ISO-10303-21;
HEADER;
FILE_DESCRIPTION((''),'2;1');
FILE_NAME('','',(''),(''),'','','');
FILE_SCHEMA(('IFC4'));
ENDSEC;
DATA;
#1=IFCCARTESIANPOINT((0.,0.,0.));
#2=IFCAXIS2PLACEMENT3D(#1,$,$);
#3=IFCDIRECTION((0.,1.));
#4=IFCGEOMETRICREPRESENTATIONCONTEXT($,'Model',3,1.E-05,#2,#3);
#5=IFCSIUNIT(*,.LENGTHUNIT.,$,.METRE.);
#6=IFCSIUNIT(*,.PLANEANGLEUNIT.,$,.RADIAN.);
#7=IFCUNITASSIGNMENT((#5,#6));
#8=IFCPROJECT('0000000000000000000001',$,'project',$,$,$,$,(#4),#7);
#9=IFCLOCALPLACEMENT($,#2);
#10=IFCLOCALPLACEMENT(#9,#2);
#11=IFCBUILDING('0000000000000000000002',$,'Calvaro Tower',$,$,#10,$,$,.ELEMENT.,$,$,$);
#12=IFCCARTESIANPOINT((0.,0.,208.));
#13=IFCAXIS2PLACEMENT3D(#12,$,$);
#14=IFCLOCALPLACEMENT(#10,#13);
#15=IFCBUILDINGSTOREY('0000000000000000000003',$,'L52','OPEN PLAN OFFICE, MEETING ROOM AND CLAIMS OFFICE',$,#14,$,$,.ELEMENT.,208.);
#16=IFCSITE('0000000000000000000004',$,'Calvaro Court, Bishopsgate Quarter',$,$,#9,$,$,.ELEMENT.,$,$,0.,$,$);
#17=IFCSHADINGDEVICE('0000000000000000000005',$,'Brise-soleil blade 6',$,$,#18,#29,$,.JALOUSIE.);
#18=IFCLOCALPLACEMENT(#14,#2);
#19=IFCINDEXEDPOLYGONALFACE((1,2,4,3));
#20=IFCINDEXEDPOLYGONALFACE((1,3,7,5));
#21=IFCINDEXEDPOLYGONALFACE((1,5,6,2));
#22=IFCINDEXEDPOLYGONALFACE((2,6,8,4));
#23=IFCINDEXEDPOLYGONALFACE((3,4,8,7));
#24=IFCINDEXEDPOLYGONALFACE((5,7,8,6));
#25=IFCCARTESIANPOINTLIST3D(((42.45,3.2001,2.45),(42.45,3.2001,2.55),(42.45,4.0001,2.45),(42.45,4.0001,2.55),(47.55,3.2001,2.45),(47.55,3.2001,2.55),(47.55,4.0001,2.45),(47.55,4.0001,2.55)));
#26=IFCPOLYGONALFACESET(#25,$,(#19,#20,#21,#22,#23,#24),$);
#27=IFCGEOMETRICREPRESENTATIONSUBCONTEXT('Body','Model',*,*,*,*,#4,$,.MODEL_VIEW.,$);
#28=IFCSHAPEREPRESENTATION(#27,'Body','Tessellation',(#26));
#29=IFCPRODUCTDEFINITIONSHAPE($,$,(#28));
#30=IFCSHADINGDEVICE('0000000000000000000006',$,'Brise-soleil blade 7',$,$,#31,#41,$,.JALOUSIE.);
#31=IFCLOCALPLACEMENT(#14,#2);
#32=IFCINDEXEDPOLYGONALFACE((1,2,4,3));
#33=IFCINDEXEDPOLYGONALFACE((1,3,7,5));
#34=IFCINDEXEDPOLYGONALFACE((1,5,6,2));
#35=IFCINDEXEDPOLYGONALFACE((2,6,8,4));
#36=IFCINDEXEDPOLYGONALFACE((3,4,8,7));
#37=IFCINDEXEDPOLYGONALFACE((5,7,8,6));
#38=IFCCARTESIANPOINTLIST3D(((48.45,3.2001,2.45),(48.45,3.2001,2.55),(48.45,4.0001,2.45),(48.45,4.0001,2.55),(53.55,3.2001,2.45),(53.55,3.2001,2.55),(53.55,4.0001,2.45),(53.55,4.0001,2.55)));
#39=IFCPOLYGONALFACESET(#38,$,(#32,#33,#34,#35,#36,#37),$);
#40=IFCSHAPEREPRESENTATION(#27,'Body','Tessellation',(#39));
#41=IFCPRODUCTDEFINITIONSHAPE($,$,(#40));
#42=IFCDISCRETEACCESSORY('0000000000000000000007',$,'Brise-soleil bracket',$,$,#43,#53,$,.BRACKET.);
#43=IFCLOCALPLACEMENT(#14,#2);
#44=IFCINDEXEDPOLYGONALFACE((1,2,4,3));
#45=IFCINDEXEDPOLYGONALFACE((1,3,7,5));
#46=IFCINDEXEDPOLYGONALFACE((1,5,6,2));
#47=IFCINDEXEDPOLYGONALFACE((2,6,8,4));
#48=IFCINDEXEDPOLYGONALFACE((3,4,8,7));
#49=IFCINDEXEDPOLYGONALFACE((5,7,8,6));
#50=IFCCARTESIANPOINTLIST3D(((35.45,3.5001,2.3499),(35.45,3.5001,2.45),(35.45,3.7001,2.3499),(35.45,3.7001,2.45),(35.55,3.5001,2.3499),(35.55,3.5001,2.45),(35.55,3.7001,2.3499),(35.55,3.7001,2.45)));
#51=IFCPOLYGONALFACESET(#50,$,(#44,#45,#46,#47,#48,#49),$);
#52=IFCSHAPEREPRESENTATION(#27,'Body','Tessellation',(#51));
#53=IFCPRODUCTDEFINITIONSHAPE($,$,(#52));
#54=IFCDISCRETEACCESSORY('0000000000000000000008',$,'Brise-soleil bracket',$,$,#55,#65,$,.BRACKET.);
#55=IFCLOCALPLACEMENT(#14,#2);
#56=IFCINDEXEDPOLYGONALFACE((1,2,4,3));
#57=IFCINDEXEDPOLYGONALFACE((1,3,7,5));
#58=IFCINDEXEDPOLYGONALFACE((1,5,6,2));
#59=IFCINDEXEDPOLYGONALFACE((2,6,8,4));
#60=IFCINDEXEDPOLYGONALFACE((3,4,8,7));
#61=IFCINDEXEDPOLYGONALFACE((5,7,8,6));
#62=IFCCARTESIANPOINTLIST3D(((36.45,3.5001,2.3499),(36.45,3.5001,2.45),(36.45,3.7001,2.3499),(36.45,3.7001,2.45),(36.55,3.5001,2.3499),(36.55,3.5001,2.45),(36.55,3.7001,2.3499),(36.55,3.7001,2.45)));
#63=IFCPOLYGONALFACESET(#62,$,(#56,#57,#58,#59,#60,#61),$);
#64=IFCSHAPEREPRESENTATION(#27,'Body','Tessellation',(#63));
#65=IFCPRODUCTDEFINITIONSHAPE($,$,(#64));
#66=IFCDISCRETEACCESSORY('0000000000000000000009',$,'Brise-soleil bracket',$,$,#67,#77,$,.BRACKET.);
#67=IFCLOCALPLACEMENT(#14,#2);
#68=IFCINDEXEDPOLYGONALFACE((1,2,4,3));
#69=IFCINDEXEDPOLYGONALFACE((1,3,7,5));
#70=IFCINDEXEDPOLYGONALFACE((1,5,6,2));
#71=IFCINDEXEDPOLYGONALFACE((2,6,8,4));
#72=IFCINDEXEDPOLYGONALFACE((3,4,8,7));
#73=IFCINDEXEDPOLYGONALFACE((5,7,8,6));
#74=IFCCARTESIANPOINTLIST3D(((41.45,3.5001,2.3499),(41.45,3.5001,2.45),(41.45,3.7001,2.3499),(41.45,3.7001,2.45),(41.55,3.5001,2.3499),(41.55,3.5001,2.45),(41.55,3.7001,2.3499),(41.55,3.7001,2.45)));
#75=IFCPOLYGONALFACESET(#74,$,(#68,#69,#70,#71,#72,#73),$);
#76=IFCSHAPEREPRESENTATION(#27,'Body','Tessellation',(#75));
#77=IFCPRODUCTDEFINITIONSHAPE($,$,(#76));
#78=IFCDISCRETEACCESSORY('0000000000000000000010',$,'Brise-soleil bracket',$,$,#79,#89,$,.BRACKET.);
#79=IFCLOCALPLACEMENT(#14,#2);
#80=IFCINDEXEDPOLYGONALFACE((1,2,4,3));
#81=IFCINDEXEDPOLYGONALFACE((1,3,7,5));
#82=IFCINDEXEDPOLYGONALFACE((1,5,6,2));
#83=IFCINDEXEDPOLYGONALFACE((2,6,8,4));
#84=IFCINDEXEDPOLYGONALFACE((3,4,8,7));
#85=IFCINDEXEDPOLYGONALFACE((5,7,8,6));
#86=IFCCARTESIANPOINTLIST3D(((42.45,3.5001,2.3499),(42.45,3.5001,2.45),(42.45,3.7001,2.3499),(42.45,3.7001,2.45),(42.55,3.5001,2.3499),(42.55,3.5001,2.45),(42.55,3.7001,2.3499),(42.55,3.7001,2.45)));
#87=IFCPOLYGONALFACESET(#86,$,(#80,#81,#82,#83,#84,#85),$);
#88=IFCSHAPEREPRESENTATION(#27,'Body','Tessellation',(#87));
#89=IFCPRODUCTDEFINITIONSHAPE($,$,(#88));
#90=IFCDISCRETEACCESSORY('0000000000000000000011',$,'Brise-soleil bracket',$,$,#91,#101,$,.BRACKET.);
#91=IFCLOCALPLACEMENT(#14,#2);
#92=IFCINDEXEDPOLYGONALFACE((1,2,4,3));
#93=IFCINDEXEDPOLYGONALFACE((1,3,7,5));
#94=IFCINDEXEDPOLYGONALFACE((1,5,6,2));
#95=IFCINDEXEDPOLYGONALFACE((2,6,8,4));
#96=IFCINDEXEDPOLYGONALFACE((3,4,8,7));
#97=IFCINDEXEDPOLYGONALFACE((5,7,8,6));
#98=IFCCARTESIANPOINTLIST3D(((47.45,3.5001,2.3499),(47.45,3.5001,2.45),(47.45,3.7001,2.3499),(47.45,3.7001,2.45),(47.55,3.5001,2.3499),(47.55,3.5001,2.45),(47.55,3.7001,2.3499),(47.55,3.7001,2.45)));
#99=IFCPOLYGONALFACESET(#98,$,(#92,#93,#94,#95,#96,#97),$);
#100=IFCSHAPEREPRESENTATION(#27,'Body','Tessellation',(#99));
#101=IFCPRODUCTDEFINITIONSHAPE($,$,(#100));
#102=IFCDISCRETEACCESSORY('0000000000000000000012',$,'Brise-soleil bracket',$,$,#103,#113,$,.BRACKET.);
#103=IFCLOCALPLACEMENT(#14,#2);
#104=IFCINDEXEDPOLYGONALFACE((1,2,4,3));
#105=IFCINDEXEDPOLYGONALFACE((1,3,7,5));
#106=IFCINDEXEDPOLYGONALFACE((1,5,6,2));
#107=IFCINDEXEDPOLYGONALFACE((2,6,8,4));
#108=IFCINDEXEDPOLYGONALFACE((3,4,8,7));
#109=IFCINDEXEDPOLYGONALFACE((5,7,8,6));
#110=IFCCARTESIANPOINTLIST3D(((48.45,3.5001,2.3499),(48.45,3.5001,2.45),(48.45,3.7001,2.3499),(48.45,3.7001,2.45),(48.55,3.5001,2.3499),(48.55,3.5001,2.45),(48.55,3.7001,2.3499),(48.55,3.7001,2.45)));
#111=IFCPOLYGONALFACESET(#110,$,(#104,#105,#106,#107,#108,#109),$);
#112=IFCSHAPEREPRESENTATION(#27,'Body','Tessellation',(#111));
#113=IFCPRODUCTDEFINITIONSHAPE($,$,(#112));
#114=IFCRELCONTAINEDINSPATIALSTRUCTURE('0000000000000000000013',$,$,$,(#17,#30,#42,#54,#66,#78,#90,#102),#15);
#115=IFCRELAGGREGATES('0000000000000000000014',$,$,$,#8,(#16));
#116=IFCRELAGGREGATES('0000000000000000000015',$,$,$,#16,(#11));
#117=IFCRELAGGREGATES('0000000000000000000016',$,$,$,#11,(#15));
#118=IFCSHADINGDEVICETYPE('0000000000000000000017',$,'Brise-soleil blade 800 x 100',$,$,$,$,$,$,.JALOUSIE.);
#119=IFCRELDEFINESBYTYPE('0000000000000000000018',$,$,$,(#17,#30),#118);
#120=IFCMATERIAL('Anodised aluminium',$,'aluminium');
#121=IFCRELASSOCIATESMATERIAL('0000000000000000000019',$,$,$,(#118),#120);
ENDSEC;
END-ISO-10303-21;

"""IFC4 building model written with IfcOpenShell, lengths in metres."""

from ifc_helpers import new_model, si_unit, direction, frame, origin, origin_2d, place, context, subcontext, project, spatial, rectangle, extrude, material, material_profile, profile_set, type_object, element, save


model = new_model("IFC4")

# Units and contexts
model_context = context("Model", 3, precision=1e-05, world=origin(), true_north=direction((0.0, 1.0)))
body_context = subcontext(model_context, "Body", "Model", "MODEL_VIEW")
ifc_project = project(units=[si_unit("LENGTHUNIT", "METRE"), si_unit("PLANEANGLEUNIT", "RADIAN")], contexts=[model_context])

# Site, building, storey
site_placement = place(None, origin())
site = spatial("IfcSite", under=ifc_project, at=site_placement, Name="Calvaro Court, Bishopsgate Quarter", CompositionType="ELEMENT", RefElevation=0.0)
building_placement = place(site_placement, origin())
building = spatial("IfcBuilding", under=site, at=building_placement, Name="Calvaro Tower", CompositionType="ELEMENT")
storey_placement = place(building_placement, frame((0.0, 0.0, 208.0)))
storey = spatial("IfcBuildingStorey", under=building, at=storey_placement, Name="L52", Description="OPEN PLAN OFFICE, MEETING ROOM AND CLAIMS OFFICE", CompositionType="ELEMENT", Elevation=208.0)

# Shading devices
ifc_material_1 = material(Name="Anodised aluminium", Category="aluminium")
ifc_material_profile_1 = material_profile(ifc_material_1, rectangle(XDim=0.8, YDim=0.1001, at=origin_2d()), Name="Brise-soleil blade 800 x 100")
ifc_profile_set_1 = profile_set([ifc_material_profile_1], Name="Anodised aluminium")
shading_device_type = type_object("IfcShadingDeviceType", Name="Brise-soleil blade 800 x 100", PredefinedType="JALOUSIE", material=ifc_profile_set_1)
for number, where, z_axis, x_axis, name in (
    (1, (42.45, 3.6001, 2.5), (1.0, 0.0, 0.0), (0.0, 1.0, 0.0), "Brise-soleil blade 6"),
    (2, (48.45, 3.6001, 2.5), (1.0, 0.0, 0.0), (0.0, 1.0, 0.0), "Brise-soleil blade 7"),
):
    element("IfcShadingDevice", number, at=place(storey_placement, frame(where, z_axis=z_axis, x_axis=x_axis)), inside=storey, type_object=shading_device_type, Name=name, PredefinedType="JALOUSIE", context=body_context, shape_type="SweptSolid", body=[
        extrude(rectangle(XDim=0.8, YDim=0.1001, at=origin_2d()), origin(), (0.0, 0.0, 1.0), 5.1001),
    ])

# Discrete accessories
for number, where, z_axis, x_axis, name in (
    (3, (35.5, 3.6001, 2.3499), (0.0, 0.0, 1.0), (1.0, 0.0, 0.0), "Brise-soleil bracket"),
    (4, (36.5, 3.6001, 2.3499), (0.0, 0.0, 1.0), (1.0, 0.0, 0.0), "Brise-soleil bracket"),
    (5, (41.5, 3.6001, 2.3499), (0.0, 0.0, 1.0), (1.0, 0.0, 0.0), "Brise-soleil bracket"),
    (6, (42.5, 3.6001, 2.3499), (0.0, 0.0, 1.0), (1.0, 0.0, 0.0), "Brise-soleil bracket"),
    (7, (47.5, 3.6001, 2.3499), (0.0, 0.0, 1.0), (1.0, 0.0, 0.0), "Brise-soleil bracket"),
    (8, (48.5, 3.6001, 2.3499), (0.0, 0.0, 1.0), (1.0, 0.0, 0.0), "Brise-soleil bracket"),
):
    element("IfcDiscreteAccessory", number, at=place(storey_placement, frame(where, z_axis=z_axis, x_axis=x_axis)), inside=storey, Name=name, PredefinedType="BRACKET", context=body_context, shape_type="SweptSolid", body=[
        extrude(rectangle(XDim=0.1001, YDim=0.2, at=origin_2d()), origin(), (0.0, 0.0, 1.0), 0.1001),
    ])

save(model, "model.ifc")
